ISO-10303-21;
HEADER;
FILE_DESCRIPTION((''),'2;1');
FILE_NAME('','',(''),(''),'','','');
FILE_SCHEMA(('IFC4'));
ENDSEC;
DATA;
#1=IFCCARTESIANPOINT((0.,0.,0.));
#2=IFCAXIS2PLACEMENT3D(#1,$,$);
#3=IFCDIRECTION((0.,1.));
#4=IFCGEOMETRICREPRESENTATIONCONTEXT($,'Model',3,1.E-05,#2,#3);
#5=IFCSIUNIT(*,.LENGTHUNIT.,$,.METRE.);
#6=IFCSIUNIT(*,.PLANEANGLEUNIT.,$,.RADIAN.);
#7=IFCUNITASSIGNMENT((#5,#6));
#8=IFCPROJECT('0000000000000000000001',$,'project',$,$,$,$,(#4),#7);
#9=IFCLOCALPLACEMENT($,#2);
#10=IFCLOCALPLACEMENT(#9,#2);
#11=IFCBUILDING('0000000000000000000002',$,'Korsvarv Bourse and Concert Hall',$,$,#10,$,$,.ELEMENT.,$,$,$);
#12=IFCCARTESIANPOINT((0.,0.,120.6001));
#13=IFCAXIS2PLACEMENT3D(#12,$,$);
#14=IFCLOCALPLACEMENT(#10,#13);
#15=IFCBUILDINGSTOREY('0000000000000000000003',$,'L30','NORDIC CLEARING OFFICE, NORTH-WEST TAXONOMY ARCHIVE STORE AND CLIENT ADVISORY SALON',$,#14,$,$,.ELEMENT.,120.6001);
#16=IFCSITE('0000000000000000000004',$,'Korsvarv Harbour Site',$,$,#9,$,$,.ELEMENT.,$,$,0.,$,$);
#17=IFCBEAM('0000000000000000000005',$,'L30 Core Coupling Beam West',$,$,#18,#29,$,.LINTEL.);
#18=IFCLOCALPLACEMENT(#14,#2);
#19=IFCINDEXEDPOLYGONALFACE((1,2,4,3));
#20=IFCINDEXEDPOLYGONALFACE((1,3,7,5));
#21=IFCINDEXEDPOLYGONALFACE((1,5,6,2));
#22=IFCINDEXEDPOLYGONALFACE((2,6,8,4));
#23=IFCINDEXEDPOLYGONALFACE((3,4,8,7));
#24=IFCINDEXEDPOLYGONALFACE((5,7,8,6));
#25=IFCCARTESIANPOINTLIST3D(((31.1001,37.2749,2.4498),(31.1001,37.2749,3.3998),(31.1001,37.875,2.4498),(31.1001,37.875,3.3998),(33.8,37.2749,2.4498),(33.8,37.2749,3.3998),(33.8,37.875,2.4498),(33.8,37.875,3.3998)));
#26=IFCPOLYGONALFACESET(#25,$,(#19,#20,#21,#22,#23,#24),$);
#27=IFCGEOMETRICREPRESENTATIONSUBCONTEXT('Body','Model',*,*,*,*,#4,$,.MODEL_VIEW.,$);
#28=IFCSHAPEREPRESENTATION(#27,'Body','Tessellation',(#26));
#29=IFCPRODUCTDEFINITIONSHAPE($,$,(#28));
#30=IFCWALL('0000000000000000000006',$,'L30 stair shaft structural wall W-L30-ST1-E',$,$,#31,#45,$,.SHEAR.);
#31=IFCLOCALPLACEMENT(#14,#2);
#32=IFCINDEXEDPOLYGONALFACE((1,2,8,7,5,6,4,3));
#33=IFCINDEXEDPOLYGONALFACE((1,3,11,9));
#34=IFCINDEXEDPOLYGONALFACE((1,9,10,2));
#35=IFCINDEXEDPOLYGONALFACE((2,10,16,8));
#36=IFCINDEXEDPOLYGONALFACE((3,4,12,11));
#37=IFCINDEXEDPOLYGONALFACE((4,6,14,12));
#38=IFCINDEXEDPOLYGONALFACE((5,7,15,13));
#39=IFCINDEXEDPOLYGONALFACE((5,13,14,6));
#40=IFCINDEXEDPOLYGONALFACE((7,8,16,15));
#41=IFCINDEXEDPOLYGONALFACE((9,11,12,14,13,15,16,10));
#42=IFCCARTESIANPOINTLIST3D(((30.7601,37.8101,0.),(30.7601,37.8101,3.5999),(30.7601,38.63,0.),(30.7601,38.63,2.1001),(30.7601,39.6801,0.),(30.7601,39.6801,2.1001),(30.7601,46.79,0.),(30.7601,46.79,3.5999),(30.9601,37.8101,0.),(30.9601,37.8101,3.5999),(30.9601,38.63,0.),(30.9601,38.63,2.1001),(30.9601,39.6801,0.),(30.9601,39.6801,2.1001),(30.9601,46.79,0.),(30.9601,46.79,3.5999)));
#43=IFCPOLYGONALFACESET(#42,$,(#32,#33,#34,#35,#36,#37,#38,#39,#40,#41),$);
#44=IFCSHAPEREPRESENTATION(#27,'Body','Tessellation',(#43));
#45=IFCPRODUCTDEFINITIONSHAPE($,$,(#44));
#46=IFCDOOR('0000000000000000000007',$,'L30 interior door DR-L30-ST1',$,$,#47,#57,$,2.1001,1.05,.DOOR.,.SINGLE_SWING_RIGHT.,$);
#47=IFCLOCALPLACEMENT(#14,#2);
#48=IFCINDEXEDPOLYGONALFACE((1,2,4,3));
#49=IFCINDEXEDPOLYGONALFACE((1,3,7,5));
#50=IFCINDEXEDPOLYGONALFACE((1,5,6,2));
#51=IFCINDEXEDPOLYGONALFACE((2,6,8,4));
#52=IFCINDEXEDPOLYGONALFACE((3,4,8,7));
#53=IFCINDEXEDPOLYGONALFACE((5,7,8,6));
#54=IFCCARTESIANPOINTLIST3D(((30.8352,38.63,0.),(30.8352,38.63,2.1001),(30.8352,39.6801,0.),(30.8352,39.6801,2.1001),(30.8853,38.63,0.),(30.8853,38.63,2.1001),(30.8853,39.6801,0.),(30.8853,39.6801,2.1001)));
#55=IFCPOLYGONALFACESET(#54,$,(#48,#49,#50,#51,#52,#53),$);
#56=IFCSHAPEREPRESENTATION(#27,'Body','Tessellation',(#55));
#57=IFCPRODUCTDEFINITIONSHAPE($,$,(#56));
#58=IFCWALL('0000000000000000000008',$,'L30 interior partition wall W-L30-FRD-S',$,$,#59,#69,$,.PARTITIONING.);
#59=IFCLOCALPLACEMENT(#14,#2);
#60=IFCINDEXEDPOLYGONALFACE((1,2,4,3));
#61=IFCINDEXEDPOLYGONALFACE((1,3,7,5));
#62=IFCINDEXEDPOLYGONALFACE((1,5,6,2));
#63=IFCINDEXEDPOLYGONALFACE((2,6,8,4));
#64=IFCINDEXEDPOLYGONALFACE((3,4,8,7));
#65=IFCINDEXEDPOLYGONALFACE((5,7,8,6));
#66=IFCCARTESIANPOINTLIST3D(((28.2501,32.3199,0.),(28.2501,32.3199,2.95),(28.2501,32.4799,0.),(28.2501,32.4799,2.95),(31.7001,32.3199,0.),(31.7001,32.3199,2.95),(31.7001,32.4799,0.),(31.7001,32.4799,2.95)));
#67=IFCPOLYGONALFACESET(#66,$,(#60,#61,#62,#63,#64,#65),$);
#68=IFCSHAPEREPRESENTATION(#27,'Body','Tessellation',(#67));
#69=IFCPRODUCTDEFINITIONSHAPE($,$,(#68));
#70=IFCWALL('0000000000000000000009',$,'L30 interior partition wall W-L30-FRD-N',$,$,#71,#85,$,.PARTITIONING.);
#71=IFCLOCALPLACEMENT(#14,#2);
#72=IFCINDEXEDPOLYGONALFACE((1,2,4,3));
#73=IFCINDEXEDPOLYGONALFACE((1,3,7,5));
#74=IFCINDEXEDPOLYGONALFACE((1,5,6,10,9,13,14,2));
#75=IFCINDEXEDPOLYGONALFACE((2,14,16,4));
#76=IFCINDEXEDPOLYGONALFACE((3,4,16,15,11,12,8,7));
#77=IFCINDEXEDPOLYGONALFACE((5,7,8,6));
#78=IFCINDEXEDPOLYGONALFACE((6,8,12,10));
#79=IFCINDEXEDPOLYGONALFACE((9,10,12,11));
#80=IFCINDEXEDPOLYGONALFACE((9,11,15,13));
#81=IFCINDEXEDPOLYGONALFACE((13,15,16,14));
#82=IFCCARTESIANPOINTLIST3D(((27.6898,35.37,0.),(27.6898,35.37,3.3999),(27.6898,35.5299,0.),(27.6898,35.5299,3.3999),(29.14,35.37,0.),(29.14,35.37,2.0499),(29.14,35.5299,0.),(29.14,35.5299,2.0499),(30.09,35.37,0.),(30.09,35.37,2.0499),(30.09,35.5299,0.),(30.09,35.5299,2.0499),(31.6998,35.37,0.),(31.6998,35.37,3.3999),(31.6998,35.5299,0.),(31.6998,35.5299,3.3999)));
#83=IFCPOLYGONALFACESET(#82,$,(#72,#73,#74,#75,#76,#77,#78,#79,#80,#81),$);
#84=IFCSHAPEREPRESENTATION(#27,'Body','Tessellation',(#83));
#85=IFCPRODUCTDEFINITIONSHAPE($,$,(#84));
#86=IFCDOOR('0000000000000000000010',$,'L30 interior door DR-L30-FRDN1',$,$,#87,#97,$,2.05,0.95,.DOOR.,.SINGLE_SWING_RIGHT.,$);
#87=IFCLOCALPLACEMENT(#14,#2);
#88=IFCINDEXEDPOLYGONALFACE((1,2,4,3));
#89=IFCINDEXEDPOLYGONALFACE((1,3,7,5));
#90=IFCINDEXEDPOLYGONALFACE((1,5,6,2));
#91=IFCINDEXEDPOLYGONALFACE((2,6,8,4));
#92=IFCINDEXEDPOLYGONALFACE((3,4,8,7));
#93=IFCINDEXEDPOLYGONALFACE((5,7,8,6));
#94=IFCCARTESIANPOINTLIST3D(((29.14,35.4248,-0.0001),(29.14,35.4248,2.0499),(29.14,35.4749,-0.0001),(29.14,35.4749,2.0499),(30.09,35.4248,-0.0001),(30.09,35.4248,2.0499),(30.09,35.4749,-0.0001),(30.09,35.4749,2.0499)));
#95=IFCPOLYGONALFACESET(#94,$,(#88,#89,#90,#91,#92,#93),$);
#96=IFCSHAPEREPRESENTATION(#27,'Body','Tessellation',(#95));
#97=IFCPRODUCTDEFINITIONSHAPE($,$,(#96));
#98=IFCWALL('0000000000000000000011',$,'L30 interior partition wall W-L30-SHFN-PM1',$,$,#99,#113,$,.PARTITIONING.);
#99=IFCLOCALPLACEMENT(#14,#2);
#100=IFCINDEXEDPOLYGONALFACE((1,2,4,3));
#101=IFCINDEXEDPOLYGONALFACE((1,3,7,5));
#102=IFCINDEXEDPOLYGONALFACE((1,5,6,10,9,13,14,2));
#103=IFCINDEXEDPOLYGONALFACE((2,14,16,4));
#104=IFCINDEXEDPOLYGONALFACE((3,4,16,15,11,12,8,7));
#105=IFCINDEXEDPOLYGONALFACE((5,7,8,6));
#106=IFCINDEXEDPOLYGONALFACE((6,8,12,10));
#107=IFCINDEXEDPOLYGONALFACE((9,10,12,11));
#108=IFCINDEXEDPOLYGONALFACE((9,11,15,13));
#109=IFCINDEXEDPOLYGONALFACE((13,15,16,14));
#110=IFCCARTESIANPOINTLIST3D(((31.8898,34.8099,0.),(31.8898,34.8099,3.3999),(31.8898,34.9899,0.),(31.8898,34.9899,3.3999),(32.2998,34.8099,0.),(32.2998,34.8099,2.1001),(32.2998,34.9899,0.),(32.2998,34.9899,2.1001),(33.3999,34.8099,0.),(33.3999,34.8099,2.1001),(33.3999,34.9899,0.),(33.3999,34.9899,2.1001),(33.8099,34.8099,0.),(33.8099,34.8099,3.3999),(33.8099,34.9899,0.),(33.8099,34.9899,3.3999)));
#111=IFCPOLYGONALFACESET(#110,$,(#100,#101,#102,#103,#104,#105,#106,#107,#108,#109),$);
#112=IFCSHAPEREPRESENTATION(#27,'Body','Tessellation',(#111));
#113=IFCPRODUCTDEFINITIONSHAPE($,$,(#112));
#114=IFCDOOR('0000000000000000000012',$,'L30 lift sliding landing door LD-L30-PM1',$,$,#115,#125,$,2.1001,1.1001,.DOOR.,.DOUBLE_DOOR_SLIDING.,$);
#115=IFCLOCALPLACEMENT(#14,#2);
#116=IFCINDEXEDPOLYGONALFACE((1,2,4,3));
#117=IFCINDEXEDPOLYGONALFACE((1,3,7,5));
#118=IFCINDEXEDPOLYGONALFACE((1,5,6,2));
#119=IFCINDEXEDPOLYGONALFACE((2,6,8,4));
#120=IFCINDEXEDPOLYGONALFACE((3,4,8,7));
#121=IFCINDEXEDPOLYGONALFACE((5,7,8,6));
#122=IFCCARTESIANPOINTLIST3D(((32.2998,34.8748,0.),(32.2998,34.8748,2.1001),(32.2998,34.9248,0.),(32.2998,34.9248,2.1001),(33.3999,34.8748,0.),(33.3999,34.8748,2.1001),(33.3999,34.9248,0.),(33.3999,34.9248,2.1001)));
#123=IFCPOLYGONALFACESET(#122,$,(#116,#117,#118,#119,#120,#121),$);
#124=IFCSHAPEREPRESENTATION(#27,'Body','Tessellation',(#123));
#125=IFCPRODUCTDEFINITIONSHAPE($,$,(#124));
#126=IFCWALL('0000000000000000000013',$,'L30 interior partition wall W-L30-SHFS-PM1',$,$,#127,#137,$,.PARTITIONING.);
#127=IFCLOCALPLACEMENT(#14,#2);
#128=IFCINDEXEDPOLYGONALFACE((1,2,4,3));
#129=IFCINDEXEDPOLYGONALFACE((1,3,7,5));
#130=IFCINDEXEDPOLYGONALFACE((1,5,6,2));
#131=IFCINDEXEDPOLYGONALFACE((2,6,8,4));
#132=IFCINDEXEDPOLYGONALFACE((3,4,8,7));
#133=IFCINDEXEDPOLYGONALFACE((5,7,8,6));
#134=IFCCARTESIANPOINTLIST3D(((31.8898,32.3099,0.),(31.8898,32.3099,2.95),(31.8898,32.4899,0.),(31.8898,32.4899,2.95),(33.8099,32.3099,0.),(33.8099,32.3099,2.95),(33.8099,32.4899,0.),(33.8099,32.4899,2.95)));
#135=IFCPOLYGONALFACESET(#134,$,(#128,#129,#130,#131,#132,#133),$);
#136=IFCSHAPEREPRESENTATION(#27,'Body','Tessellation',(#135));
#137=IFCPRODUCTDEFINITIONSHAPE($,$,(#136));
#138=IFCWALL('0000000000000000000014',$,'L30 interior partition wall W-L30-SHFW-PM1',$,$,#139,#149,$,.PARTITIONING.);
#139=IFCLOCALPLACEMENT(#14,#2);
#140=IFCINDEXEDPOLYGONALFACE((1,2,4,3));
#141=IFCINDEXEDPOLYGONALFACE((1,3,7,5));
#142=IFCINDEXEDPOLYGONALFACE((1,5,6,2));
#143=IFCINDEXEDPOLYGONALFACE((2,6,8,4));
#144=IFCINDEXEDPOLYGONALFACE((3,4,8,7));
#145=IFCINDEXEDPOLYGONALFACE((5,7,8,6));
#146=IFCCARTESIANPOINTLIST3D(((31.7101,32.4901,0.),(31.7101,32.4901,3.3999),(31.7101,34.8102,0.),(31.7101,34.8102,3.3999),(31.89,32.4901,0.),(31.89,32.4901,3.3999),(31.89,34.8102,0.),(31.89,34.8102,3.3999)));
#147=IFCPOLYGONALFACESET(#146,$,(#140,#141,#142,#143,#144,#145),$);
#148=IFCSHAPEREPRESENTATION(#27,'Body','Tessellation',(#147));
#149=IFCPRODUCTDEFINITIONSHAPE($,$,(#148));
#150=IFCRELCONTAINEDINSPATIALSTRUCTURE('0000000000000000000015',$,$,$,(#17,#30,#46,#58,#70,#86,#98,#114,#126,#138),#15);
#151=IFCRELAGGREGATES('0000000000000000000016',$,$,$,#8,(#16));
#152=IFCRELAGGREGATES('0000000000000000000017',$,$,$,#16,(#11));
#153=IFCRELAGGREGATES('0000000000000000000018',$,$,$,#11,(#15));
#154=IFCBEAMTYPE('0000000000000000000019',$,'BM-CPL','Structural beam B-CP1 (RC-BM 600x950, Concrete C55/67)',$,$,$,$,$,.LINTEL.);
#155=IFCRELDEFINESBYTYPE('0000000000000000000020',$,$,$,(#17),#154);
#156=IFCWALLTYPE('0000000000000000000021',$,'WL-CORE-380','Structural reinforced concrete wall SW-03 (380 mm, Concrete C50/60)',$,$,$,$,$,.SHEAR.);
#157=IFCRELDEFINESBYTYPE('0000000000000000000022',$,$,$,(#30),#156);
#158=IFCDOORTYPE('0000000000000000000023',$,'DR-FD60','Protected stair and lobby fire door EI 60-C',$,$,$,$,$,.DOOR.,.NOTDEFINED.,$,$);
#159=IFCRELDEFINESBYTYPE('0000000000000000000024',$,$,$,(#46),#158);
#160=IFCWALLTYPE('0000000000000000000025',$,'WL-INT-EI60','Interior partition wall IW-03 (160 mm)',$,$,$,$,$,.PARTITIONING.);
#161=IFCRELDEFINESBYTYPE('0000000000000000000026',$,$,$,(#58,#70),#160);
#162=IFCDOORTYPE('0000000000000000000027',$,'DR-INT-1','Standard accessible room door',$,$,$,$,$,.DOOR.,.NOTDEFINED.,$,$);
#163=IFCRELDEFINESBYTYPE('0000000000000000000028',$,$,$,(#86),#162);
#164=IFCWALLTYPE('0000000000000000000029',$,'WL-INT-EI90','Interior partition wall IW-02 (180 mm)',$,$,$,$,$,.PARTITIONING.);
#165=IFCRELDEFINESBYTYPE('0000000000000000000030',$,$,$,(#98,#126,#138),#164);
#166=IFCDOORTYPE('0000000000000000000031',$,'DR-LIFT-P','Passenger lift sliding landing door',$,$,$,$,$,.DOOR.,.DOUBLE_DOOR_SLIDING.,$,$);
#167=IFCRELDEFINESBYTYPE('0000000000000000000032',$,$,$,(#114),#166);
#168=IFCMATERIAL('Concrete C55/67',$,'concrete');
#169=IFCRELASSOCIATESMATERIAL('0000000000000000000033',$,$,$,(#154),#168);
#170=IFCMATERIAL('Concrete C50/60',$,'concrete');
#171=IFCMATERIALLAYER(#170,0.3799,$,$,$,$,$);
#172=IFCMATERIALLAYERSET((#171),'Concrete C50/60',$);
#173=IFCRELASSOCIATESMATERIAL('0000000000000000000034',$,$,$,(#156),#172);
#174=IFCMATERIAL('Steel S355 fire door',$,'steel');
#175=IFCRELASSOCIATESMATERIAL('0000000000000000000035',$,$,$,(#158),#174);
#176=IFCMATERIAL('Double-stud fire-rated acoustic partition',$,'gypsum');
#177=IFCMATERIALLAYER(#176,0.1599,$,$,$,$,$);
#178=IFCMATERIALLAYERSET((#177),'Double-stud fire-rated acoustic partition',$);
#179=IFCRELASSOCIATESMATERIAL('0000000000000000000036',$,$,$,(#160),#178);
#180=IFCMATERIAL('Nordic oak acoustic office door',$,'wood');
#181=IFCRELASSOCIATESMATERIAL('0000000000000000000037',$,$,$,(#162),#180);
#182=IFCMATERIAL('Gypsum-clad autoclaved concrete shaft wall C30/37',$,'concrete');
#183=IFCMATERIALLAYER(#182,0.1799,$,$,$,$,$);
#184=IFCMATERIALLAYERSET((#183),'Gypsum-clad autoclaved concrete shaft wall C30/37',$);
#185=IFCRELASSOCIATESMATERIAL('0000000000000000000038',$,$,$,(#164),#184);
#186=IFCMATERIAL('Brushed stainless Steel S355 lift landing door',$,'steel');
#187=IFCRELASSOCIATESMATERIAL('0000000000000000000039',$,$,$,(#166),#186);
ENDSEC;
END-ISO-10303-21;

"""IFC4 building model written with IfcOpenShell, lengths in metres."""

from ifc_helpers import new_model, si_unit, direction, frame, frame_2d, origin, origin_2d, place, context, subcontext, project, spatial, rectangle, extrude, source, transform, mapped, material, layer, layer_set, material_profile, profile_set, type_object, element, fill, save


model = new_model("IFC4")

# Units and contexts
model_context = context("Model", 3, precision=1e-05, world=origin(), true_north=direction((0.0, 1.0)))
body_context = subcontext(model_context, "Body", "Model", "MODEL_VIEW")
ifc_project = project(units=[si_unit("LENGTHUNIT", "METRE"), si_unit("PLANEANGLEUNIT", "RADIAN")], contexts=[model_context])

# Site, building, storey
site_placement = place(None, origin())
site = spatial("IfcSite", under=ifc_project, at=site_placement, Name="Korsvarv Harbour Site", CompositionType="ELEMENT", RefElevation=0.0)
building_placement = place(site_placement, origin())
building = spatial("IfcBuilding", under=site, at=building_placement, Name="Korsvarv Bourse and Concert Hall", CompositionType="ELEMENT")
storey_placement = place(building_placement, frame((0.0, 0.0, 120.6001)))
storey = spatial("IfcBuildingStorey", under=building, at=storey_placement, Name="L30", Description="NORDIC CLEARING OFFICE, NORTH-WEST TAXONOMY ARCHIVE STORE AND CLIENT ADVISORY SALON", CompositionType="ELEMENT", Elevation=120.6001)

# Beam
ifc_material_1 = material(Name="Concrete C55/67", Category="concrete")
ifc_material_profile = material_profile(ifc_material_1, rectangle(XDim=0.6001, YDim=0.95, at=origin_2d()), Name="RC-BM 600x950")
ifc_profile_set = profile_set([ifc_material_profile], Name="Concrete C55/67")
beam_type = type_object("IfcBeamType", Name="BM-CPL", Description="Structural beam B-CP1 (RC-BM 600x950, Concrete C55/67)", PredefinedType="LINTEL", material=ifc_profile_set)
shared_shape = source(origin(), body_context, "Body", "SweptSolid", [
    extrude(rectangle(XDim=0.6001, YDim=0.95, at=origin_2d()), origin(), (0.0, 0.0, 1.0), 2.7),
])
beam_placement = place(storey_placement, frame((31.1001, 37.575, 2.9248), z_axis=(1.0, 0.0, 0.0), x_axis=(0.0, 1.0, 0.0)))
element("IfcBeam", 1, at=beam_placement, inside=storey, type_object=beam_type, Name="L30 Core Coupling Beam West", PredefinedType="LINTEL", context=body_context, shape_type="MappedRepresentation", body=[
    mapped(shared_shape, transform((0.0, 0.0, 0.0), scale=1.0)),
])

# Wall, opening, door
ifc_material_2 = material(Name="Concrete C50/60", Category="concrete")
ifc_layer_1 = layer(ifc_material_2, 0.3799)
ifc_layer_set_1 = layer_set([ifc_layer_1], Name="Concrete C50/60")
wall_type_1 = type_object("IfcWallType", Name="WL-CORE-380", Description="Structural reinforced concrete wall SW-03 (380 mm, Concrete C50/60)", PredefinedType="SHEAR", material=ifc_layer_set_1)
wall_1_placement = place(storey_placement, frame((30.8601, 37.8101, 0.0), z_axis=(0.0, 0.0, 1.0), x_axis=(0.0, 1.0, 0.0)))
wall_1 = element("IfcWall", 2, at=wall_1_placement, inside=storey, type_object=wall_type_1, Name="L30 stair shaft structural wall W-L30-ST1-E", PredefinedType="SHEAR", context=body_context, shape_type="SweptSolid", body=[
    extrude(rectangle(XDim=8.98, YDim=0.2, at=frame_2d((4.49, 0.0))), origin(), (0.0, 0.0, 1.0), 3.5999),
])
opening_1_placement = place(wall_1_placement, frame((0.8201, 0.0, 0.0)))
opening_1 = element("IfcOpeningElement", 3, at=opening_1_placement, cuts=wall_1, PredefinedType="OPENING", context=body_context, shape_type="SweptSolid", body=[
    extrude(rectangle(XDim=1.05, YDim=2.1001, at=frame_2d((0.5249, 1.05))), frame((0.0, 0.1099, 0.0), z_axis=(0.0, -1.0, 0.0), x_axis=(1.0, 0.0, 0.0)), (0.0, 0.0, 1.0), 0.22),
])
ifc_material_3 = material(Name="Steel S355 fire door", Category="steel")
door_type_1 = type_object("IfcDoorType", Name="DR-FD60", Description="Protected stair and lobby fire door EI 60-C", OperationType="NOTDEFINED", PredefinedType="DOOR", material=ifc_material_3)
door_1_placement = place(opening_1_placement, origin())
door_1 = element("IfcDoor", 4, at=door_1_placement, inside=storey, type_object=door_type_1, Name="L30 interior door DR-L30-ST1", OperationType="SINGLE_SWING_RIGHT", OverallHeight=2.1001, OverallWidth=1.05, PredefinedType="DOOR", context=body_context, shape_type="SweptSolid", body=[
    extrude(rectangle(XDim=1.05, YDim=2.1001, at=frame_2d((0.5249, 1.05))), frame((0.0, 0.0249, 0.0), z_axis=(0.0, -1.0, 0.0), x_axis=(1.0, 0.0, 0.0)), (0.0, 0.0, 1.0), 0.05),
])
fill(opening_1, door_1)

# Wall
ifc_material_4 = material(Name="Double-stud fire-rated acoustic partition", Category="gypsum")
ifc_layer_2 = layer(ifc_material_4, 0.1599)
ifc_layer_set_2 = layer_set([ifc_layer_2], Name="Double-stud fire-rated acoustic partition")
wall_type_2 = type_object("IfcWallType", Name="WL-INT-EI60", Description="Interior partition wall IW-03 (160 mm)", PredefinedType="PARTITIONING", material=ifc_layer_set_2)
wall_2_placement = place(storey_placement, frame((28.25, 32.3999, 0.0), z_axis=(0.0, 0.0, 1.0), x_axis=(1.0, 0.0, 0.0)))
element("IfcWall", 5, at=wall_2_placement, inside=storey, type_object=wall_type_2, Name="L30 interior partition wall W-L30-FRD-S", PredefinedType="PARTITIONING", context=body_context, shape_type="SweptSolid", body=[
    extrude(rectangle(XDim=3.45, YDim=0.1599, at=frame_2d((1.7251, 0.0))), origin(), (0.0, 0.0, 1.0), 2.95),
])

# Walls, openings, doors
wall_3_placement = place(storey_placement, frame((27.6899, 35.45, 0.0), z_axis=(0.0, 0.0, 1.0), x_axis=(1.0, 0.0, 0.0)))
wall_3 = element("IfcWall", 6, at=wall_3_placement, inside=storey, type_object=wall_type_2, Name="L30 interior partition wall W-L30-FRD-N", PredefinedType="PARTITIONING", context=body_context, shape_type="SweptSolid", body=[
    extrude(rectangle(XDim=4.01, YDim=0.1599, at=frame_2d((2.0049, 0.0))), origin(), (0.0, 0.0, 1.0), 3.3999),
])
opening_2_placement = place(wall_3_placement, frame((1.45, 0.0, 0.0)))
opening_2 = element("IfcOpeningElement", 7, at=opening_2_placement, cuts=wall_3, PredefinedType="OPENING", context=body_context, shape_type="SweptSolid", body=[
    extrude(rectangle(XDim=0.95, YDim=2.05, at=frame_2d((0.4751, 1.0249))), frame((0.0, 0.0898, 0.0), z_axis=(0.0, -1.0, 0.0), x_axis=(1.0, 0.0, 0.0)), (0.0, 0.0, 1.0), 0.1799),
])
ifc_material_5 = material(Name="Nordic oak acoustic office door", Category="wood")
door_type_2 = type_object("IfcDoorType", Name="DR-INT-1", Description="Standard accessible room door", OperationType="NOTDEFINED", PredefinedType="DOOR", material=ifc_material_5)
door_2_placement = place(opening_2_placement, origin())
door_2 = element("IfcDoor", 8, at=door_2_placement, inside=storey, type_object=door_type_2, Name="L30 interior door DR-L30-FRDN1", OperationType="SINGLE_SWING_RIGHT", OverallHeight=2.05, OverallWidth=0.95, PredefinedType="DOOR", context=body_context, shape_type="SweptSolid", body=[
    extrude(rectangle(XDim=0.95, YDim=2.05, at=frame_2d((0.4751, 1.0249))), frame((0.0, 0.0249, 0.0), z_axis=(0.0, -1.0, 0.0), x_axis=(1.0, 0.0, 0.0)), (0.0, 0.0, 1.0), 0.05),
])
fill(opening_2, door_2)
ifc_material_6 = material(Name="Gypsum-clad autoclaved concrete shaft wall C30/37", Category="concrete")
ifc_layer_3 = layer(ifc_material_6, 0.1799)
ifc_layer_set_3 = layer_set([ifc_layer_3], Name="Gypsum-clad autoclaved concrete shaft wall C30/37")
wall_type_3 = type_object("IfcWallType", Name="WL-INT-EI90", Description="Interior partition wall IW-02 (180 mm)", PredefinedType="PARTITIONING", material=ifc_layer_set_3)
wall_4_placement = place(storey_placement, frame((31.8899, 34.8999, 0.0), z_axis=(0.0, 0.0, 1.0), x_axis=(1.0, 0.0, 0.0)))
wall_4 = element("IfcWall", 9, at=wall_4_placement, inside=storey, type_object=wall_type_3, Name="L30 interior partition wall W-L30-SHFN-PM1", PredefinedType="PARTITIONING", context=body_context, shape_type="SweptSolid", body=[
    extrude(rectangle(XDim=1.9202, YDim=0.1799, at=frame_2d((0.96, 0.0))), origin(), (0.0, 0.0, 1.0), 3.3999),
])
opening_3_placement = place(wall_4_placement, frame((0.4099, 0.0, 0.0)))
opening_3 = element("IfcOpeningElement", 10, at=opening_3_placement, cuts=wall_4, PredefinedType="OPENING", context=body_context, shape_type="SweptSolid", body=[
    extrude(rectangle(XDim=1.1001, YDim=2.1001, at=frame_2d((0.55, 1.05))), frame((0.0, 0.1001, 0.0), z_axis=(0.0, -1.0, 0.0), x_axis=(1.0, 0.0, 0.0)), (0.0, 0.0, 1.0), 0.2),
])
ifc_material_7 = material(Name="Brushed stainless Steel S355 lift landing door", Category="steel")
door_type_3 = type_object("IfcDoorType", Name="DR-LIFT-P", Description="Passenger lift sliding landing door", OperationType="DOUBLE_DOOR_SLIDING", PredefinedType="DOOR", material=ifc_material_7)
door_3_placement = place(opening_3_placement, origin())
door_3 = element("IfcDoor", 11, at=door_3_placement, inside=storey, type_object=door_type_3, Name="L30 lift sliding landing door LD-L30-PM1", OperationType="DOUBLE_DOOR_SLIDING", OverallHeight=2.1001, OverallWidth=1.1001, PredefinedType="DOOR", context=body_context, shape_type="SweptSolid", body=[
    extrude(rectangle(XDim=1.1001, YDim=2.1001, at=frame_2d((0.55, 1.05))), frame((0.0, 0.0249, 0.0), z_axis=(0.0, -1.0, 0.0), x_axis=(1.0, 0.0, 0.0)), (0.0, 0.0, 1.0), 0.05),
])
fill(opening_3, door_3)

# Walls
wall_5_placement = place(storey_placement, frame((31.8899, 32.3999, 0.0), z_axis=(0.0, 0.0, 1.0), x_axis=(1.0, 0.0, 0.0)))
element("IfcWall", 12, at=wall_5_placement, inside=storey, type_object=wall_type_3, Name="L30 interior partition wall W-L30-SHFS-PM1", PredefinedType="PARTITIONING", context=body_context, shape_type="SweptSolid", body=[
    extrude(rectangle(XDim=1.9202, YDim=0.1799, at=frame_2d((0.96, 0.0))), origin(), (0.0, 0.0, 1.0), 2.95),
])
wall_6_placement = place(storey_placement, frame((31.8, 32.49, 0.0), z_axis=(0.0, 0.0, 1.0), x_axis=(0.0, 1.0, 0.0)))
element("IfcWall", 13, at=wall_6_placement, inside=storey, type_object=wall_type_3, Name="L30 interior partition wall W-L30-SHFW-PM1", PredefinedType="PARTITIONING", context=body_context, shape_type="SweptSolid", body=[
    extrude(rectangle(XDim=2.3201, YDim=0.1799, at=frame_2d((1.1602, 0.0))), origin(), (0.0, 0.0, 1.0), 3.3999),
])

save(model, "model.ifc")
